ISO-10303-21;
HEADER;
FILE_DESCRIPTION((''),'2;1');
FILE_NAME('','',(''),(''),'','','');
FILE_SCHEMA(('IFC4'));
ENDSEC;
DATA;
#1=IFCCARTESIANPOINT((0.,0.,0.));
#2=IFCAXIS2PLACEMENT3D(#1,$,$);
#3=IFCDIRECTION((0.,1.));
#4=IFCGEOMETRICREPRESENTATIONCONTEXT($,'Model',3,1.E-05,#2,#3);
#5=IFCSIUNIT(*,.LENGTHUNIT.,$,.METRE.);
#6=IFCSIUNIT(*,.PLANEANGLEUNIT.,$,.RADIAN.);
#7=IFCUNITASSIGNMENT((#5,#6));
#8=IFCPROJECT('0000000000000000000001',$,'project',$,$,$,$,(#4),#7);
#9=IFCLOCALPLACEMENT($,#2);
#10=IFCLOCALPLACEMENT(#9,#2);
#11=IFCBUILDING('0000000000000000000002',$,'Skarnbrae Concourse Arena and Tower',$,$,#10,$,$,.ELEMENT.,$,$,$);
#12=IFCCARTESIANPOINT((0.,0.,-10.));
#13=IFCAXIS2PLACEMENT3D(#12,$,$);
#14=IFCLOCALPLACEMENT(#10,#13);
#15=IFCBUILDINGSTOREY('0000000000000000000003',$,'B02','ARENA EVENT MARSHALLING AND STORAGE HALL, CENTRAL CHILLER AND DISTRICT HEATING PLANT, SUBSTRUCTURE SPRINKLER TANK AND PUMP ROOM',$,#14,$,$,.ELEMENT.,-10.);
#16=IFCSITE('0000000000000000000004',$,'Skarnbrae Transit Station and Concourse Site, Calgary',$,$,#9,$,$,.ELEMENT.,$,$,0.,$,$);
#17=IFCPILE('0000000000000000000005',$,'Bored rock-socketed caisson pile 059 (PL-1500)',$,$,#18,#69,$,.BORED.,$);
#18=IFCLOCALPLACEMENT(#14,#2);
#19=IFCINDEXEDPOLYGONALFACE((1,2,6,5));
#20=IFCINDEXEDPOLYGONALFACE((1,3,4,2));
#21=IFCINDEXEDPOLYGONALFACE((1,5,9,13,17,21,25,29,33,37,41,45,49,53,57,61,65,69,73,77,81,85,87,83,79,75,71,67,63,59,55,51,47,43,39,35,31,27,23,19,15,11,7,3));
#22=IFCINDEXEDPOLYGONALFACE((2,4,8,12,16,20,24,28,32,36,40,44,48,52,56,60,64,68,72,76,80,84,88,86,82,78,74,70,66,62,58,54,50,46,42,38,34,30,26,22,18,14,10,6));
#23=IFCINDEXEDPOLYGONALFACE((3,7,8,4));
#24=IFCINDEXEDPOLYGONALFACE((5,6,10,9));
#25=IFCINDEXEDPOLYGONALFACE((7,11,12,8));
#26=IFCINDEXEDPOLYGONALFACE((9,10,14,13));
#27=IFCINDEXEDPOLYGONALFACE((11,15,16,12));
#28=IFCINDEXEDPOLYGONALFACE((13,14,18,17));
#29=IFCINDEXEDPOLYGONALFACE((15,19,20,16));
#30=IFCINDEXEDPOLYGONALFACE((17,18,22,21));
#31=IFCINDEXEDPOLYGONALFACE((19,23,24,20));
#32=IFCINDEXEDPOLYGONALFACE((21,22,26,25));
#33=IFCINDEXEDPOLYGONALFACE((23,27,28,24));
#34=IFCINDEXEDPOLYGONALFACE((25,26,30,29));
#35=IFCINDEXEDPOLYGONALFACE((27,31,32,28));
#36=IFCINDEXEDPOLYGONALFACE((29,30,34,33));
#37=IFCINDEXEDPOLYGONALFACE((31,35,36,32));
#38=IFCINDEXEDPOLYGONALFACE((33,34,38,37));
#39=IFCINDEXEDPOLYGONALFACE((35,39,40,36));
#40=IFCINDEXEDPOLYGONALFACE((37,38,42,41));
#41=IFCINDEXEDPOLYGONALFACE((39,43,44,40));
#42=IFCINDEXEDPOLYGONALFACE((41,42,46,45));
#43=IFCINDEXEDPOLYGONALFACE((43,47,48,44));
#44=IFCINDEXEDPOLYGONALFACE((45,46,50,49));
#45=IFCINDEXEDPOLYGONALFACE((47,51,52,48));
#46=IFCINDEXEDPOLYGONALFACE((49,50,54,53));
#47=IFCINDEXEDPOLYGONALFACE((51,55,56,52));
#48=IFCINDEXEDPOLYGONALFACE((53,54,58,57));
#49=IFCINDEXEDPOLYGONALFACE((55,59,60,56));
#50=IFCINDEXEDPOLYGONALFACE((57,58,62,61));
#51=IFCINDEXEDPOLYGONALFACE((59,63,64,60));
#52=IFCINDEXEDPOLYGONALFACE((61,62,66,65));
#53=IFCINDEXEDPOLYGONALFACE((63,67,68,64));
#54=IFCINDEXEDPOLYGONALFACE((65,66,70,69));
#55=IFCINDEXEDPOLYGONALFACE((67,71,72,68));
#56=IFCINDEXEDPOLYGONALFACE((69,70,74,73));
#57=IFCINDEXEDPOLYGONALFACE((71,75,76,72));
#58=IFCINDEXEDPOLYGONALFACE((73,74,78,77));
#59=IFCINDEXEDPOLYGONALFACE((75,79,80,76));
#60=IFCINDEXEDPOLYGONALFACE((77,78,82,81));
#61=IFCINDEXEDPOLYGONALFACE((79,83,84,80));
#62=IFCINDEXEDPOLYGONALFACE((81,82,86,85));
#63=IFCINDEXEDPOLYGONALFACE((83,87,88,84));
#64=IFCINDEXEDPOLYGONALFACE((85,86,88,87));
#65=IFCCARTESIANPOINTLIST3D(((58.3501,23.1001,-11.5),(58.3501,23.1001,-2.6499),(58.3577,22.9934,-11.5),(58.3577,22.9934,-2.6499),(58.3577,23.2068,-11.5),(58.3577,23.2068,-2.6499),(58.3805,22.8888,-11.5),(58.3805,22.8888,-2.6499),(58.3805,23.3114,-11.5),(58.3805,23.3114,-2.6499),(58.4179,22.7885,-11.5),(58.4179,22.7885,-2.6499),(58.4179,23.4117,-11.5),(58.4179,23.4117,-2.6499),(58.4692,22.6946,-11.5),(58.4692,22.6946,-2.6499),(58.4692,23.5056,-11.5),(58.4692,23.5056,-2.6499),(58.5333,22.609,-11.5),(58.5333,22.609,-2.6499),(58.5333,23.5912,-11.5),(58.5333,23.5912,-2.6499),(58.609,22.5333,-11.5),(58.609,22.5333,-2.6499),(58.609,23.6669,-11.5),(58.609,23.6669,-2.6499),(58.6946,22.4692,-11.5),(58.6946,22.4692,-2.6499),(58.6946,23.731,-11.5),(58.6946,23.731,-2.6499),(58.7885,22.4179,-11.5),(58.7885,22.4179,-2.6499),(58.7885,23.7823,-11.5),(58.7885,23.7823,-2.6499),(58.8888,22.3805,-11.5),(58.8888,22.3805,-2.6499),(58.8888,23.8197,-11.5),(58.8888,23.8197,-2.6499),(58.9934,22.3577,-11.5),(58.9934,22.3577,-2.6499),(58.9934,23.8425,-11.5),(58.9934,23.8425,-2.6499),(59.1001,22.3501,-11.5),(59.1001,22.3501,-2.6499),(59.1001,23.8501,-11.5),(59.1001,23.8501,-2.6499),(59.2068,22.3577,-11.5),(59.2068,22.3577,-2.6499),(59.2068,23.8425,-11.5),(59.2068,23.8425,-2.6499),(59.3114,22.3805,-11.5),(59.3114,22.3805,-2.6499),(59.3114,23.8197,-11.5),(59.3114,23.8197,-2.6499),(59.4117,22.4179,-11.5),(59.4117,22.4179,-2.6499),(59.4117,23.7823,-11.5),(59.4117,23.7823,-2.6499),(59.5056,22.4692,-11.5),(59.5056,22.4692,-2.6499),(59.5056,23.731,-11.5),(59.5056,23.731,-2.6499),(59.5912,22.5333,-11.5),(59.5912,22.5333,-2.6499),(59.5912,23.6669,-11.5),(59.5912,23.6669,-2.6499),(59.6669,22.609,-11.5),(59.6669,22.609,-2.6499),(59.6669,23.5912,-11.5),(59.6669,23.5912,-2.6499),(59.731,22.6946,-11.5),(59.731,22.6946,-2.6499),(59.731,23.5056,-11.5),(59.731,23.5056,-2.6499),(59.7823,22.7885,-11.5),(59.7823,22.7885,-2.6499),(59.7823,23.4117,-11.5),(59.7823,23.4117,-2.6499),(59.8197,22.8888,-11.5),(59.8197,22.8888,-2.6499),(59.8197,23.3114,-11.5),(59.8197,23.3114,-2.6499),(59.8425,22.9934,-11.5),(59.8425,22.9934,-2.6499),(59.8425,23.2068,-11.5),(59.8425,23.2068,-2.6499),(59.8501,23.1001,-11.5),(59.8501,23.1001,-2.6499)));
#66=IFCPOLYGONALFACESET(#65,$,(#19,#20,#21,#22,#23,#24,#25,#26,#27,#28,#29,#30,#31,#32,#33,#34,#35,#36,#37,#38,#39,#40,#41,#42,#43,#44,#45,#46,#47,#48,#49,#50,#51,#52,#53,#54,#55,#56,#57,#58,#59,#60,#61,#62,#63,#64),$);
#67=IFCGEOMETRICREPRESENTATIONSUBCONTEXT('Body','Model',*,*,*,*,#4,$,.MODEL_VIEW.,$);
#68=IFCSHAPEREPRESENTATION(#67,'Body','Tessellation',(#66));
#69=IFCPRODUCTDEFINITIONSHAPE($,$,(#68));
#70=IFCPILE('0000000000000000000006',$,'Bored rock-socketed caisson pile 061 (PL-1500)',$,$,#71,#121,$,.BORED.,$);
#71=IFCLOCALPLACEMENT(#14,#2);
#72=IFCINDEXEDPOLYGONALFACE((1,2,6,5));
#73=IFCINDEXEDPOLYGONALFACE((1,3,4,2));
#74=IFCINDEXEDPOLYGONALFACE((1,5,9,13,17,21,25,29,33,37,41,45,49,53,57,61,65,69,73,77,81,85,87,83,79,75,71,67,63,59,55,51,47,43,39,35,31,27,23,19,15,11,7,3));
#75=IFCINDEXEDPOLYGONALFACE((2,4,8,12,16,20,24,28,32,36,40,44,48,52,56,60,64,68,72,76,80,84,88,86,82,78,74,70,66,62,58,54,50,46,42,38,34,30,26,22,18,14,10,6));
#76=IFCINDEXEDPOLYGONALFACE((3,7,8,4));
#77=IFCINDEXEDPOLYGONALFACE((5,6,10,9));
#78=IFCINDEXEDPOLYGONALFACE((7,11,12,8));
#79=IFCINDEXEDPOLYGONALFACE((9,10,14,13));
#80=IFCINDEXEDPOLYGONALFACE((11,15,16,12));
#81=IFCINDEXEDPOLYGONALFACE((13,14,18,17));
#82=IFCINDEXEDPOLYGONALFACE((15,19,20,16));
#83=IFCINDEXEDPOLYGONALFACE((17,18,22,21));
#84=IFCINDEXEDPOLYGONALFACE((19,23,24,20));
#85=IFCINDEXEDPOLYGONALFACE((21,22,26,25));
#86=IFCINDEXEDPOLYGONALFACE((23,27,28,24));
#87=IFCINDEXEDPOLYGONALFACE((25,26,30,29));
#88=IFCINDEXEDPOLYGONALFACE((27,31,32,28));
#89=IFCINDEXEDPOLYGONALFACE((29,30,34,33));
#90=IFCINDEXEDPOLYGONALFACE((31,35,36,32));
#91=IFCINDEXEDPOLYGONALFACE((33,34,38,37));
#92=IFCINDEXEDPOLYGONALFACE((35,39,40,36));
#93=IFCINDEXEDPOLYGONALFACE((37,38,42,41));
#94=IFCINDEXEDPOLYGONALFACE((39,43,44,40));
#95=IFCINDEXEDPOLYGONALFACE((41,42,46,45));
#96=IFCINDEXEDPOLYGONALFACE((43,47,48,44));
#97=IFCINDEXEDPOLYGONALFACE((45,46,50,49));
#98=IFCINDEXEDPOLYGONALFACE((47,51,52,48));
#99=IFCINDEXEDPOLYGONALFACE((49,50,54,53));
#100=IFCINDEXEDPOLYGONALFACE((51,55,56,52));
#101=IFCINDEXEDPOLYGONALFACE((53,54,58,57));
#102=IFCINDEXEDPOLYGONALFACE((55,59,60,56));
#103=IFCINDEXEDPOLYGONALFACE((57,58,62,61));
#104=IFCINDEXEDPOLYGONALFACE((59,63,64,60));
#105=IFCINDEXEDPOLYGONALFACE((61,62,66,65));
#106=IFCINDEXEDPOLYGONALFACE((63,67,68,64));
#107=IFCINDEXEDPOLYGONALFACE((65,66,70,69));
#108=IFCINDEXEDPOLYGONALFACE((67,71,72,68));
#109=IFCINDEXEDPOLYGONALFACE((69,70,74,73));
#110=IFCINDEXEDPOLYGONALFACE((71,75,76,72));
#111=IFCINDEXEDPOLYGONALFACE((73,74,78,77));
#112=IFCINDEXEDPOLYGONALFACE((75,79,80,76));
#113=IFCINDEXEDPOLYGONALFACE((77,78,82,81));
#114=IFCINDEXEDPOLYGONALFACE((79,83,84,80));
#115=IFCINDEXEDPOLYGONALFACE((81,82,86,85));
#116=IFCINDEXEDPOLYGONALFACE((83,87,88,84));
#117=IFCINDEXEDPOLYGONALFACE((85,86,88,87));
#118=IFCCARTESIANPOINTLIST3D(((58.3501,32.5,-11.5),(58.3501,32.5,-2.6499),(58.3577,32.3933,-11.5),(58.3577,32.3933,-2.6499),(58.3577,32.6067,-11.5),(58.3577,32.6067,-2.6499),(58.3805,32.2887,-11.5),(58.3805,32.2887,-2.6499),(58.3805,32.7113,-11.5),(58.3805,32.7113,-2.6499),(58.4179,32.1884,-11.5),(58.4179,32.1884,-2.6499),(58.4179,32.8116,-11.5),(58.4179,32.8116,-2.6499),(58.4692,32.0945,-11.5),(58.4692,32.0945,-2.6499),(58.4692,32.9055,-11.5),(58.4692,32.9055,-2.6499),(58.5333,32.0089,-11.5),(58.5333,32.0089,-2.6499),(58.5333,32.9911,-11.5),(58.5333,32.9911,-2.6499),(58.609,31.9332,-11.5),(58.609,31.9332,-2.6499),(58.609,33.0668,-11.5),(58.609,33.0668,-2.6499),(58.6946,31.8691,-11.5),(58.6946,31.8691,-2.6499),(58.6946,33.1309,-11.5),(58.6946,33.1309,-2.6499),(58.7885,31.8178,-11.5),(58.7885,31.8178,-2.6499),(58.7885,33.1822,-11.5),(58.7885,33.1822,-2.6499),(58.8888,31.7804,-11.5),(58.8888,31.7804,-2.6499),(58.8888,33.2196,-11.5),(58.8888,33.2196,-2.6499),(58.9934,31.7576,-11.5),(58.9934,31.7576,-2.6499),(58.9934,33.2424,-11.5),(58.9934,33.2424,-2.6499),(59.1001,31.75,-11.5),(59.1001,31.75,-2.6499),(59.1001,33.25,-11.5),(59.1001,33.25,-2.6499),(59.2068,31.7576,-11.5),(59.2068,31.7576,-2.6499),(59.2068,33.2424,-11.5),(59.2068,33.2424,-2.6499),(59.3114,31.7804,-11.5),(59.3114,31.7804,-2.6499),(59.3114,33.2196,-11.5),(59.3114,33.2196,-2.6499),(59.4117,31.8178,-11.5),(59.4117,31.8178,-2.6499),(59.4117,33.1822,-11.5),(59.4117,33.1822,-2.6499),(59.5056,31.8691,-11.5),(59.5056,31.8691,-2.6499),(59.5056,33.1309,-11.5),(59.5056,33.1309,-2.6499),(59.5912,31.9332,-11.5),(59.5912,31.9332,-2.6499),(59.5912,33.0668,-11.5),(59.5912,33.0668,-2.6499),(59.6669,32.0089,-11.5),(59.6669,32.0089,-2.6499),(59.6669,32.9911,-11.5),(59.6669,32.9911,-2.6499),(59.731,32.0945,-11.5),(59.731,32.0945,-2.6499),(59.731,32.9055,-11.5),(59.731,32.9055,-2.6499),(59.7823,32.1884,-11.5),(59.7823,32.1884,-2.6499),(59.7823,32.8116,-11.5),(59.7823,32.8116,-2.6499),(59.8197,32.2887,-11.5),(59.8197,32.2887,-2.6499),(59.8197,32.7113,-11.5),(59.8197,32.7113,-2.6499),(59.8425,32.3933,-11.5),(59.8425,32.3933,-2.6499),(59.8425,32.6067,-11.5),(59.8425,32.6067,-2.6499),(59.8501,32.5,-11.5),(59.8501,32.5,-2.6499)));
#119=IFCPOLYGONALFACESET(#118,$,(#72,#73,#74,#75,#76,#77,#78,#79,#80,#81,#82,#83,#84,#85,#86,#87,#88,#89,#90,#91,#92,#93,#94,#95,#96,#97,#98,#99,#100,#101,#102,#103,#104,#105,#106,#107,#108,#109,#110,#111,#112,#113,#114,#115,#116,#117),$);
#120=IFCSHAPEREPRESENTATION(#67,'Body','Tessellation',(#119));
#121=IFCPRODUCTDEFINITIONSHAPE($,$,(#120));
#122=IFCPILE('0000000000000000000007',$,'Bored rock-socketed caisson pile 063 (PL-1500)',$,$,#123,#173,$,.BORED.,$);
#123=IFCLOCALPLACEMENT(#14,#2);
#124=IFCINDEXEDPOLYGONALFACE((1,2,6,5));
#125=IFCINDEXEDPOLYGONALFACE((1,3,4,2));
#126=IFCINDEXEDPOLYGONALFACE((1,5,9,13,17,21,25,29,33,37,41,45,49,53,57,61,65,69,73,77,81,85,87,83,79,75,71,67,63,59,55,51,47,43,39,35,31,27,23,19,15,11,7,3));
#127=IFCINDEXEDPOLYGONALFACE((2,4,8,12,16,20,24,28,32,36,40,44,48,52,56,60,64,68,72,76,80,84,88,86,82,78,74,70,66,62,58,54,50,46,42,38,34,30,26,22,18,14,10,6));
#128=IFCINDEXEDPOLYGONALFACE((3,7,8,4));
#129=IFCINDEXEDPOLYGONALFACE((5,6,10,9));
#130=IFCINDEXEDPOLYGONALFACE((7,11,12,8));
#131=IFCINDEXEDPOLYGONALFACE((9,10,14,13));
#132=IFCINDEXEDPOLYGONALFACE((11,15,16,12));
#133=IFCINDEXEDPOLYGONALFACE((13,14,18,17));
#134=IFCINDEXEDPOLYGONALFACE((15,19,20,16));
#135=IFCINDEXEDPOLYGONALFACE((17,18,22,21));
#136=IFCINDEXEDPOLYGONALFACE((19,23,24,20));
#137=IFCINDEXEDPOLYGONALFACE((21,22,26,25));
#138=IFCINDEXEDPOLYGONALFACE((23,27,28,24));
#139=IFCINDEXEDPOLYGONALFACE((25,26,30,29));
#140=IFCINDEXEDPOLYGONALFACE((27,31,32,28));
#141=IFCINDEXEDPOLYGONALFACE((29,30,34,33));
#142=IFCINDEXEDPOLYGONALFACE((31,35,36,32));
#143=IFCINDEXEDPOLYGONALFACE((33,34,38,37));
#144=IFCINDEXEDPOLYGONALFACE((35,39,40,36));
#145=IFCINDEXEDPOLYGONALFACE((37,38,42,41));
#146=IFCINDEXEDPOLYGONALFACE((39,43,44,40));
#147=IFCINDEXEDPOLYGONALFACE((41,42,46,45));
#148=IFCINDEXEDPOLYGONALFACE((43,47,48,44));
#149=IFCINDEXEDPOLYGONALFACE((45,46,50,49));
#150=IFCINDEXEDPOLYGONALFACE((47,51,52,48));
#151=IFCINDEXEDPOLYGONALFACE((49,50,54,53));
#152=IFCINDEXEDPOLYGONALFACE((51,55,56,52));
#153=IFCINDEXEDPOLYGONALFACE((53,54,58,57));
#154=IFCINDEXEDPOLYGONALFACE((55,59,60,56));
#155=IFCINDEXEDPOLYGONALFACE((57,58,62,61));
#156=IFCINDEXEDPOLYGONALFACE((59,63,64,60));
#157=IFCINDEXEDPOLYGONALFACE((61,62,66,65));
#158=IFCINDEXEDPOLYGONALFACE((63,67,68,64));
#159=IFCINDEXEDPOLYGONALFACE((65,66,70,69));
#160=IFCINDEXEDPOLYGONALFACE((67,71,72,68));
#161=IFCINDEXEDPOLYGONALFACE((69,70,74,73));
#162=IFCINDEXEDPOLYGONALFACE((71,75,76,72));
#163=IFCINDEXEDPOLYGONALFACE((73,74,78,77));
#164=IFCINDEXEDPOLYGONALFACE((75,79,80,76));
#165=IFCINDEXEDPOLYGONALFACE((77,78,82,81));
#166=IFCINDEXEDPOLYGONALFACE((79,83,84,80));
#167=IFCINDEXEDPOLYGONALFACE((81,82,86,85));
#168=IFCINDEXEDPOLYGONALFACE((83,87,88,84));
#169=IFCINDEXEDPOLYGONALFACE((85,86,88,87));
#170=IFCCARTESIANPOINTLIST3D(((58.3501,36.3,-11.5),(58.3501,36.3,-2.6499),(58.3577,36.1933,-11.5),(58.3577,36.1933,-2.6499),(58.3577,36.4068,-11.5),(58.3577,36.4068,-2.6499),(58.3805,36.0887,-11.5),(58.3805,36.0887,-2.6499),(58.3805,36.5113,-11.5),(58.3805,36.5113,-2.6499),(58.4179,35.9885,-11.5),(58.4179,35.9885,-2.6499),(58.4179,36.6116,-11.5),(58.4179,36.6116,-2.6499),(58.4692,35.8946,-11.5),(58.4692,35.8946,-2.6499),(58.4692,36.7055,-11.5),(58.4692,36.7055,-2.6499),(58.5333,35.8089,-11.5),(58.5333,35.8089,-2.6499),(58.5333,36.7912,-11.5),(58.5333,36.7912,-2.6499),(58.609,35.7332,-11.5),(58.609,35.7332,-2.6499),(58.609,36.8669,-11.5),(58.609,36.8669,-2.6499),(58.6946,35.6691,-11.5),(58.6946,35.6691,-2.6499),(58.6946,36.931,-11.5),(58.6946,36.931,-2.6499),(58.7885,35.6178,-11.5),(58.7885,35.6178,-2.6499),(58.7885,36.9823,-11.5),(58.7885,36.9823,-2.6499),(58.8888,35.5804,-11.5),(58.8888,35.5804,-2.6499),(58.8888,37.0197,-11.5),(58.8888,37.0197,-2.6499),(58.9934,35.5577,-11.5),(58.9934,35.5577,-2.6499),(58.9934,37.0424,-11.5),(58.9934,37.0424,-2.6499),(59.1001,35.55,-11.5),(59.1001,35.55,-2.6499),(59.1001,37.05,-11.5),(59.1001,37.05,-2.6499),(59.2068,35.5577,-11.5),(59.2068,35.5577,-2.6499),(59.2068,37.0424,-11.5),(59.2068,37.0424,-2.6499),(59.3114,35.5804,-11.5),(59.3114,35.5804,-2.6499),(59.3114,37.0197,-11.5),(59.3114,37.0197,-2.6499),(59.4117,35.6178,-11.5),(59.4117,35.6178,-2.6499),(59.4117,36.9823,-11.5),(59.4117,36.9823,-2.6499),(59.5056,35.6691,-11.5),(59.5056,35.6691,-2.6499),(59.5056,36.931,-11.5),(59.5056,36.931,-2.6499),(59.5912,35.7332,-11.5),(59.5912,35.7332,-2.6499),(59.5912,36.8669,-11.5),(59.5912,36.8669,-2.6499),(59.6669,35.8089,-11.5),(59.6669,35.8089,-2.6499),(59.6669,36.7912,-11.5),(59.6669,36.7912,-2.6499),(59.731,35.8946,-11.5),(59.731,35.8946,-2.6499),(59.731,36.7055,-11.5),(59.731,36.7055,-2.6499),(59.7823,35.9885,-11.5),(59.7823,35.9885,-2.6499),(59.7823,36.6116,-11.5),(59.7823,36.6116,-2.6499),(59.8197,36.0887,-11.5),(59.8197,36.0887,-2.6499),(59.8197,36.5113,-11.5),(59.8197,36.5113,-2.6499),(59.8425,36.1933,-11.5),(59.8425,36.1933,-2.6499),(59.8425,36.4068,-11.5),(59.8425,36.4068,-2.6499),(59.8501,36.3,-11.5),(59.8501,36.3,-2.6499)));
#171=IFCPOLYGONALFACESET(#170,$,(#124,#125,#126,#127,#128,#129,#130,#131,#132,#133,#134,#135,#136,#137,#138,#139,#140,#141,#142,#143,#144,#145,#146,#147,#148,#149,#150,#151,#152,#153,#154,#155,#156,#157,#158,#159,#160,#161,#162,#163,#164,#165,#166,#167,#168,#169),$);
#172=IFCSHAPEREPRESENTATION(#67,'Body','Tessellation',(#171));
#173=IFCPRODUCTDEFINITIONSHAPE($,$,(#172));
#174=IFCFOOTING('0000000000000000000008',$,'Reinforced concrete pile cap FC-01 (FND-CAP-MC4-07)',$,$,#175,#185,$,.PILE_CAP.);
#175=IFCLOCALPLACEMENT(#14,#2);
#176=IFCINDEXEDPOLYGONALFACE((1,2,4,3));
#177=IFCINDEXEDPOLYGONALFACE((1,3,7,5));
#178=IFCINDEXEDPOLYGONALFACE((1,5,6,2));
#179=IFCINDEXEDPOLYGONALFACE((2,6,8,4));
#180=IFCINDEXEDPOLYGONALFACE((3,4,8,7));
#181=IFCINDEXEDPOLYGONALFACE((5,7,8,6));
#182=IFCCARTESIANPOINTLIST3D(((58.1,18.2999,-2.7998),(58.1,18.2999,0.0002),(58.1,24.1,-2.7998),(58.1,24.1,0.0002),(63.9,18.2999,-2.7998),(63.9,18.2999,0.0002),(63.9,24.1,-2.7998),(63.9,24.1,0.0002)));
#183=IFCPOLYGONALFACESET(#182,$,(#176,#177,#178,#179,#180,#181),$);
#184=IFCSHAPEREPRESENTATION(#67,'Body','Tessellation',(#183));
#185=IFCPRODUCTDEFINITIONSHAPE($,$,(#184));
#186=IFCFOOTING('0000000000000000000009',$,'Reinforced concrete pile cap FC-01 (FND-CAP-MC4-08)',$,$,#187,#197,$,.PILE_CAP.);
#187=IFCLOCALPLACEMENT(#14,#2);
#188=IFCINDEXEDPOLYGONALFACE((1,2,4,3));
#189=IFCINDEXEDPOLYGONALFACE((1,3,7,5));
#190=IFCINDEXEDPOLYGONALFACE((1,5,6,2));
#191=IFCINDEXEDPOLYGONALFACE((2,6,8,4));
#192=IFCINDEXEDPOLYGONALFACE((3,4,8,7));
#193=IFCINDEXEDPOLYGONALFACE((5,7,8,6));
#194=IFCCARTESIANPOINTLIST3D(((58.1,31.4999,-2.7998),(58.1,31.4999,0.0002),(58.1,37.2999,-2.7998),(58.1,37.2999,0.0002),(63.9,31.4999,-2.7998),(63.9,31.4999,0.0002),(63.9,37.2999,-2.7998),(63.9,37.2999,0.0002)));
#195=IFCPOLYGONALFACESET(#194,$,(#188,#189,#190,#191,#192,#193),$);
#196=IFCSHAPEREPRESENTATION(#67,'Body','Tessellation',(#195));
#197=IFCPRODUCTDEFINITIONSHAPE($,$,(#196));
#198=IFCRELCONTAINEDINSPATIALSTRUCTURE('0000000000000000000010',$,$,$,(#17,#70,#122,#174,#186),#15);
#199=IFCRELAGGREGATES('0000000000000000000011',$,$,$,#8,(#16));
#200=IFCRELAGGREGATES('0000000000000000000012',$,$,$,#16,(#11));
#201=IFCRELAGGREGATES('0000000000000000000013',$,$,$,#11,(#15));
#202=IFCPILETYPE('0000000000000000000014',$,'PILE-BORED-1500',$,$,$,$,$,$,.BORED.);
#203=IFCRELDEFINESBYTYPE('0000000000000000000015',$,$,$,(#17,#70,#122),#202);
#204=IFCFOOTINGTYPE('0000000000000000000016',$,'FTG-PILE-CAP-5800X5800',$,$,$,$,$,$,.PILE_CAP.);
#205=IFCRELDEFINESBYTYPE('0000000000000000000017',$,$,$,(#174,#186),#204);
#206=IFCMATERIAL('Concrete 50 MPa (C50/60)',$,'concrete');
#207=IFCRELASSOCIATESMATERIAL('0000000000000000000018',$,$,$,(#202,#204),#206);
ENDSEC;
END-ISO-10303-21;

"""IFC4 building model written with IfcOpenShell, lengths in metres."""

from ifc_helpers import new_model, si_unit, direction, frame, origin, origin_2d, place, context, subcontext, project, spatial, rectangle, circle, extrude, source, transform, mapped, material, material_profile, profile_set, type_object, element, save


model = new_model("IFC4")

# Units and contexts
model_context = context("Model", 3, precision=1e-05, world=origin(), true_north=direction((0.0, 1.0)))
body_context = subcontext(model_context, "Body", "Model", "MODEL_VIEW")
ifc_project = project(units=[si_unit("LENGTHUNIT", "METRE"), si_unit("PLANEANGLEUNIT", "RADIAN")], contexts=[model_context])

# Site, building, storey
site_placement = place(None, origin())
site = spatial("IfcSite", under=ifc_project, at=site_placement, Name="Skarnbrae Transit Station and Concourse Site, Calgary", CompositionType="ELEMENT", RefElevation=0.0)
building_placement = place(site_placement, origin())
building = spatial("IfcBuilding", under=site, at=building_placement, Name="Skarnbrae Concourse Arena and Tower", CompositionType="ELEMENT")
storey_placement = place(building_placement, frame((0.0, 0.0, -10.0)))
storey = spatial("IfcBuildingStorey", under=building, at=storey_placement, Name="B02", Description="ARENA EVENT MARSHALLING AND STORAGE HALL, CENTRAL CHILLER AND DISTRICT HEATING PLANT, SUBSTRUCTURE SPRINKLER TANK AND PUMP ROOM", CompositionType="ELEMENT", Elevation=-10.0)

# Piles
ifc_material_1 = material(Name="Concrete 50 MPa (C50/60)", Category="concrete")
ifc_material_profile_1 = material_profile(ifc_material_1, circle(Radius=0.75, at=origin_2d()), Name="CAISSON-1500")
ifc_profile_set_1 = profile_set([ifc_material_profile_1], Name="Concrete 50 MPa (C50/60)")
pile_type_1 = type_object("IfcPileType", Name="PILE-BORED-1500", PredefinedType="BORED", material=ifc_profile_set_1)
shared_shape_1 = source(origin(), body_context, "Body", "SweptSolid", [
    extrude(circle(Radius=0.75, at=origin_2d()), origin(), (0.0, 0.0, 1.0), 8.8501),
])
for number, where, z_axis, x_axis, name in (
    (1, (59.1001, 23.1001, -2.6499), (0.0, 0.0, -1.0), (1.0, 0.0, 0.0), "Bored rock-socketed caisson pile 059 (PL-1500)"),
    (2, (59.1001, 32.5, -2.6499), (0.0, 0.0, -1.0), (1.0, 0.0, 0.0), "Bored rock-socketed caisson pile 061 (PL-1500)"),
    (3, (59.1001, 36.3, -2.6499), (0.0, 0.0, -1.0), (1.0, 0.0, 0.0), "Bored rock-socketed caisson pile 063 (PL-1500)"),
):
    element("IfcPile", number, at=place(storey_placement, frame(where, z_axis=z_axis, x_axis=x_axis)), inside=storey, type_object=pile_type_1, Name=name, PredefinedType="BORED", context=body_context, shape_type="MappedRepresentation", body=[
        mapped(shared_shape_1, transform((0.0, 0.0, 0.0))),
    ])

# Footings
footing_type_1 = type_object("IfcFootingType", Name="FTG-PILE-CAP-5800X5800", PredefinedType="PILE_CAP", material=ifc_material_1)
shared_shape_2 = source(origin(), body_context, "Body", "SweptSolid", [
    extrude(rectangle(XDim=5.8, YDim=5.8, at=origin_2d()), origin(), (0.0, 0.0, 1.0), 2.8),
])
for number, where, z_axis, x_axis, name in (
    (4, (61.0, 21.2, -2.7998), (0.0, 0.0, 1.0), (1.0, 0.0, 0.0), "Reinforced concrete pile cap FC-01 (FND-CAP-MC4-07)"),
    (5, (61.0, 34.3999, -2.7998), (0.0, 0.0, 1.0), (1.0, 0.0, 0.0), "Reinforced concrete pile cap FC-01 (FND-CAP-MC4-08)"),
):
    element("IfcFooting", number, at=place(storey_placement, frame(where, z_axis=z_axis, x_axis=x_axis)), inside=storey, type_object=footing_type_1, Name=name, PredefinedType="PILE_CAP", context=body_context, shape_type="MappedRepresentation", body=[
        mapped(shared_shape_2, transform((0.0, 0.0, 0.0))),
    ])

save(model, "model.ifc")
